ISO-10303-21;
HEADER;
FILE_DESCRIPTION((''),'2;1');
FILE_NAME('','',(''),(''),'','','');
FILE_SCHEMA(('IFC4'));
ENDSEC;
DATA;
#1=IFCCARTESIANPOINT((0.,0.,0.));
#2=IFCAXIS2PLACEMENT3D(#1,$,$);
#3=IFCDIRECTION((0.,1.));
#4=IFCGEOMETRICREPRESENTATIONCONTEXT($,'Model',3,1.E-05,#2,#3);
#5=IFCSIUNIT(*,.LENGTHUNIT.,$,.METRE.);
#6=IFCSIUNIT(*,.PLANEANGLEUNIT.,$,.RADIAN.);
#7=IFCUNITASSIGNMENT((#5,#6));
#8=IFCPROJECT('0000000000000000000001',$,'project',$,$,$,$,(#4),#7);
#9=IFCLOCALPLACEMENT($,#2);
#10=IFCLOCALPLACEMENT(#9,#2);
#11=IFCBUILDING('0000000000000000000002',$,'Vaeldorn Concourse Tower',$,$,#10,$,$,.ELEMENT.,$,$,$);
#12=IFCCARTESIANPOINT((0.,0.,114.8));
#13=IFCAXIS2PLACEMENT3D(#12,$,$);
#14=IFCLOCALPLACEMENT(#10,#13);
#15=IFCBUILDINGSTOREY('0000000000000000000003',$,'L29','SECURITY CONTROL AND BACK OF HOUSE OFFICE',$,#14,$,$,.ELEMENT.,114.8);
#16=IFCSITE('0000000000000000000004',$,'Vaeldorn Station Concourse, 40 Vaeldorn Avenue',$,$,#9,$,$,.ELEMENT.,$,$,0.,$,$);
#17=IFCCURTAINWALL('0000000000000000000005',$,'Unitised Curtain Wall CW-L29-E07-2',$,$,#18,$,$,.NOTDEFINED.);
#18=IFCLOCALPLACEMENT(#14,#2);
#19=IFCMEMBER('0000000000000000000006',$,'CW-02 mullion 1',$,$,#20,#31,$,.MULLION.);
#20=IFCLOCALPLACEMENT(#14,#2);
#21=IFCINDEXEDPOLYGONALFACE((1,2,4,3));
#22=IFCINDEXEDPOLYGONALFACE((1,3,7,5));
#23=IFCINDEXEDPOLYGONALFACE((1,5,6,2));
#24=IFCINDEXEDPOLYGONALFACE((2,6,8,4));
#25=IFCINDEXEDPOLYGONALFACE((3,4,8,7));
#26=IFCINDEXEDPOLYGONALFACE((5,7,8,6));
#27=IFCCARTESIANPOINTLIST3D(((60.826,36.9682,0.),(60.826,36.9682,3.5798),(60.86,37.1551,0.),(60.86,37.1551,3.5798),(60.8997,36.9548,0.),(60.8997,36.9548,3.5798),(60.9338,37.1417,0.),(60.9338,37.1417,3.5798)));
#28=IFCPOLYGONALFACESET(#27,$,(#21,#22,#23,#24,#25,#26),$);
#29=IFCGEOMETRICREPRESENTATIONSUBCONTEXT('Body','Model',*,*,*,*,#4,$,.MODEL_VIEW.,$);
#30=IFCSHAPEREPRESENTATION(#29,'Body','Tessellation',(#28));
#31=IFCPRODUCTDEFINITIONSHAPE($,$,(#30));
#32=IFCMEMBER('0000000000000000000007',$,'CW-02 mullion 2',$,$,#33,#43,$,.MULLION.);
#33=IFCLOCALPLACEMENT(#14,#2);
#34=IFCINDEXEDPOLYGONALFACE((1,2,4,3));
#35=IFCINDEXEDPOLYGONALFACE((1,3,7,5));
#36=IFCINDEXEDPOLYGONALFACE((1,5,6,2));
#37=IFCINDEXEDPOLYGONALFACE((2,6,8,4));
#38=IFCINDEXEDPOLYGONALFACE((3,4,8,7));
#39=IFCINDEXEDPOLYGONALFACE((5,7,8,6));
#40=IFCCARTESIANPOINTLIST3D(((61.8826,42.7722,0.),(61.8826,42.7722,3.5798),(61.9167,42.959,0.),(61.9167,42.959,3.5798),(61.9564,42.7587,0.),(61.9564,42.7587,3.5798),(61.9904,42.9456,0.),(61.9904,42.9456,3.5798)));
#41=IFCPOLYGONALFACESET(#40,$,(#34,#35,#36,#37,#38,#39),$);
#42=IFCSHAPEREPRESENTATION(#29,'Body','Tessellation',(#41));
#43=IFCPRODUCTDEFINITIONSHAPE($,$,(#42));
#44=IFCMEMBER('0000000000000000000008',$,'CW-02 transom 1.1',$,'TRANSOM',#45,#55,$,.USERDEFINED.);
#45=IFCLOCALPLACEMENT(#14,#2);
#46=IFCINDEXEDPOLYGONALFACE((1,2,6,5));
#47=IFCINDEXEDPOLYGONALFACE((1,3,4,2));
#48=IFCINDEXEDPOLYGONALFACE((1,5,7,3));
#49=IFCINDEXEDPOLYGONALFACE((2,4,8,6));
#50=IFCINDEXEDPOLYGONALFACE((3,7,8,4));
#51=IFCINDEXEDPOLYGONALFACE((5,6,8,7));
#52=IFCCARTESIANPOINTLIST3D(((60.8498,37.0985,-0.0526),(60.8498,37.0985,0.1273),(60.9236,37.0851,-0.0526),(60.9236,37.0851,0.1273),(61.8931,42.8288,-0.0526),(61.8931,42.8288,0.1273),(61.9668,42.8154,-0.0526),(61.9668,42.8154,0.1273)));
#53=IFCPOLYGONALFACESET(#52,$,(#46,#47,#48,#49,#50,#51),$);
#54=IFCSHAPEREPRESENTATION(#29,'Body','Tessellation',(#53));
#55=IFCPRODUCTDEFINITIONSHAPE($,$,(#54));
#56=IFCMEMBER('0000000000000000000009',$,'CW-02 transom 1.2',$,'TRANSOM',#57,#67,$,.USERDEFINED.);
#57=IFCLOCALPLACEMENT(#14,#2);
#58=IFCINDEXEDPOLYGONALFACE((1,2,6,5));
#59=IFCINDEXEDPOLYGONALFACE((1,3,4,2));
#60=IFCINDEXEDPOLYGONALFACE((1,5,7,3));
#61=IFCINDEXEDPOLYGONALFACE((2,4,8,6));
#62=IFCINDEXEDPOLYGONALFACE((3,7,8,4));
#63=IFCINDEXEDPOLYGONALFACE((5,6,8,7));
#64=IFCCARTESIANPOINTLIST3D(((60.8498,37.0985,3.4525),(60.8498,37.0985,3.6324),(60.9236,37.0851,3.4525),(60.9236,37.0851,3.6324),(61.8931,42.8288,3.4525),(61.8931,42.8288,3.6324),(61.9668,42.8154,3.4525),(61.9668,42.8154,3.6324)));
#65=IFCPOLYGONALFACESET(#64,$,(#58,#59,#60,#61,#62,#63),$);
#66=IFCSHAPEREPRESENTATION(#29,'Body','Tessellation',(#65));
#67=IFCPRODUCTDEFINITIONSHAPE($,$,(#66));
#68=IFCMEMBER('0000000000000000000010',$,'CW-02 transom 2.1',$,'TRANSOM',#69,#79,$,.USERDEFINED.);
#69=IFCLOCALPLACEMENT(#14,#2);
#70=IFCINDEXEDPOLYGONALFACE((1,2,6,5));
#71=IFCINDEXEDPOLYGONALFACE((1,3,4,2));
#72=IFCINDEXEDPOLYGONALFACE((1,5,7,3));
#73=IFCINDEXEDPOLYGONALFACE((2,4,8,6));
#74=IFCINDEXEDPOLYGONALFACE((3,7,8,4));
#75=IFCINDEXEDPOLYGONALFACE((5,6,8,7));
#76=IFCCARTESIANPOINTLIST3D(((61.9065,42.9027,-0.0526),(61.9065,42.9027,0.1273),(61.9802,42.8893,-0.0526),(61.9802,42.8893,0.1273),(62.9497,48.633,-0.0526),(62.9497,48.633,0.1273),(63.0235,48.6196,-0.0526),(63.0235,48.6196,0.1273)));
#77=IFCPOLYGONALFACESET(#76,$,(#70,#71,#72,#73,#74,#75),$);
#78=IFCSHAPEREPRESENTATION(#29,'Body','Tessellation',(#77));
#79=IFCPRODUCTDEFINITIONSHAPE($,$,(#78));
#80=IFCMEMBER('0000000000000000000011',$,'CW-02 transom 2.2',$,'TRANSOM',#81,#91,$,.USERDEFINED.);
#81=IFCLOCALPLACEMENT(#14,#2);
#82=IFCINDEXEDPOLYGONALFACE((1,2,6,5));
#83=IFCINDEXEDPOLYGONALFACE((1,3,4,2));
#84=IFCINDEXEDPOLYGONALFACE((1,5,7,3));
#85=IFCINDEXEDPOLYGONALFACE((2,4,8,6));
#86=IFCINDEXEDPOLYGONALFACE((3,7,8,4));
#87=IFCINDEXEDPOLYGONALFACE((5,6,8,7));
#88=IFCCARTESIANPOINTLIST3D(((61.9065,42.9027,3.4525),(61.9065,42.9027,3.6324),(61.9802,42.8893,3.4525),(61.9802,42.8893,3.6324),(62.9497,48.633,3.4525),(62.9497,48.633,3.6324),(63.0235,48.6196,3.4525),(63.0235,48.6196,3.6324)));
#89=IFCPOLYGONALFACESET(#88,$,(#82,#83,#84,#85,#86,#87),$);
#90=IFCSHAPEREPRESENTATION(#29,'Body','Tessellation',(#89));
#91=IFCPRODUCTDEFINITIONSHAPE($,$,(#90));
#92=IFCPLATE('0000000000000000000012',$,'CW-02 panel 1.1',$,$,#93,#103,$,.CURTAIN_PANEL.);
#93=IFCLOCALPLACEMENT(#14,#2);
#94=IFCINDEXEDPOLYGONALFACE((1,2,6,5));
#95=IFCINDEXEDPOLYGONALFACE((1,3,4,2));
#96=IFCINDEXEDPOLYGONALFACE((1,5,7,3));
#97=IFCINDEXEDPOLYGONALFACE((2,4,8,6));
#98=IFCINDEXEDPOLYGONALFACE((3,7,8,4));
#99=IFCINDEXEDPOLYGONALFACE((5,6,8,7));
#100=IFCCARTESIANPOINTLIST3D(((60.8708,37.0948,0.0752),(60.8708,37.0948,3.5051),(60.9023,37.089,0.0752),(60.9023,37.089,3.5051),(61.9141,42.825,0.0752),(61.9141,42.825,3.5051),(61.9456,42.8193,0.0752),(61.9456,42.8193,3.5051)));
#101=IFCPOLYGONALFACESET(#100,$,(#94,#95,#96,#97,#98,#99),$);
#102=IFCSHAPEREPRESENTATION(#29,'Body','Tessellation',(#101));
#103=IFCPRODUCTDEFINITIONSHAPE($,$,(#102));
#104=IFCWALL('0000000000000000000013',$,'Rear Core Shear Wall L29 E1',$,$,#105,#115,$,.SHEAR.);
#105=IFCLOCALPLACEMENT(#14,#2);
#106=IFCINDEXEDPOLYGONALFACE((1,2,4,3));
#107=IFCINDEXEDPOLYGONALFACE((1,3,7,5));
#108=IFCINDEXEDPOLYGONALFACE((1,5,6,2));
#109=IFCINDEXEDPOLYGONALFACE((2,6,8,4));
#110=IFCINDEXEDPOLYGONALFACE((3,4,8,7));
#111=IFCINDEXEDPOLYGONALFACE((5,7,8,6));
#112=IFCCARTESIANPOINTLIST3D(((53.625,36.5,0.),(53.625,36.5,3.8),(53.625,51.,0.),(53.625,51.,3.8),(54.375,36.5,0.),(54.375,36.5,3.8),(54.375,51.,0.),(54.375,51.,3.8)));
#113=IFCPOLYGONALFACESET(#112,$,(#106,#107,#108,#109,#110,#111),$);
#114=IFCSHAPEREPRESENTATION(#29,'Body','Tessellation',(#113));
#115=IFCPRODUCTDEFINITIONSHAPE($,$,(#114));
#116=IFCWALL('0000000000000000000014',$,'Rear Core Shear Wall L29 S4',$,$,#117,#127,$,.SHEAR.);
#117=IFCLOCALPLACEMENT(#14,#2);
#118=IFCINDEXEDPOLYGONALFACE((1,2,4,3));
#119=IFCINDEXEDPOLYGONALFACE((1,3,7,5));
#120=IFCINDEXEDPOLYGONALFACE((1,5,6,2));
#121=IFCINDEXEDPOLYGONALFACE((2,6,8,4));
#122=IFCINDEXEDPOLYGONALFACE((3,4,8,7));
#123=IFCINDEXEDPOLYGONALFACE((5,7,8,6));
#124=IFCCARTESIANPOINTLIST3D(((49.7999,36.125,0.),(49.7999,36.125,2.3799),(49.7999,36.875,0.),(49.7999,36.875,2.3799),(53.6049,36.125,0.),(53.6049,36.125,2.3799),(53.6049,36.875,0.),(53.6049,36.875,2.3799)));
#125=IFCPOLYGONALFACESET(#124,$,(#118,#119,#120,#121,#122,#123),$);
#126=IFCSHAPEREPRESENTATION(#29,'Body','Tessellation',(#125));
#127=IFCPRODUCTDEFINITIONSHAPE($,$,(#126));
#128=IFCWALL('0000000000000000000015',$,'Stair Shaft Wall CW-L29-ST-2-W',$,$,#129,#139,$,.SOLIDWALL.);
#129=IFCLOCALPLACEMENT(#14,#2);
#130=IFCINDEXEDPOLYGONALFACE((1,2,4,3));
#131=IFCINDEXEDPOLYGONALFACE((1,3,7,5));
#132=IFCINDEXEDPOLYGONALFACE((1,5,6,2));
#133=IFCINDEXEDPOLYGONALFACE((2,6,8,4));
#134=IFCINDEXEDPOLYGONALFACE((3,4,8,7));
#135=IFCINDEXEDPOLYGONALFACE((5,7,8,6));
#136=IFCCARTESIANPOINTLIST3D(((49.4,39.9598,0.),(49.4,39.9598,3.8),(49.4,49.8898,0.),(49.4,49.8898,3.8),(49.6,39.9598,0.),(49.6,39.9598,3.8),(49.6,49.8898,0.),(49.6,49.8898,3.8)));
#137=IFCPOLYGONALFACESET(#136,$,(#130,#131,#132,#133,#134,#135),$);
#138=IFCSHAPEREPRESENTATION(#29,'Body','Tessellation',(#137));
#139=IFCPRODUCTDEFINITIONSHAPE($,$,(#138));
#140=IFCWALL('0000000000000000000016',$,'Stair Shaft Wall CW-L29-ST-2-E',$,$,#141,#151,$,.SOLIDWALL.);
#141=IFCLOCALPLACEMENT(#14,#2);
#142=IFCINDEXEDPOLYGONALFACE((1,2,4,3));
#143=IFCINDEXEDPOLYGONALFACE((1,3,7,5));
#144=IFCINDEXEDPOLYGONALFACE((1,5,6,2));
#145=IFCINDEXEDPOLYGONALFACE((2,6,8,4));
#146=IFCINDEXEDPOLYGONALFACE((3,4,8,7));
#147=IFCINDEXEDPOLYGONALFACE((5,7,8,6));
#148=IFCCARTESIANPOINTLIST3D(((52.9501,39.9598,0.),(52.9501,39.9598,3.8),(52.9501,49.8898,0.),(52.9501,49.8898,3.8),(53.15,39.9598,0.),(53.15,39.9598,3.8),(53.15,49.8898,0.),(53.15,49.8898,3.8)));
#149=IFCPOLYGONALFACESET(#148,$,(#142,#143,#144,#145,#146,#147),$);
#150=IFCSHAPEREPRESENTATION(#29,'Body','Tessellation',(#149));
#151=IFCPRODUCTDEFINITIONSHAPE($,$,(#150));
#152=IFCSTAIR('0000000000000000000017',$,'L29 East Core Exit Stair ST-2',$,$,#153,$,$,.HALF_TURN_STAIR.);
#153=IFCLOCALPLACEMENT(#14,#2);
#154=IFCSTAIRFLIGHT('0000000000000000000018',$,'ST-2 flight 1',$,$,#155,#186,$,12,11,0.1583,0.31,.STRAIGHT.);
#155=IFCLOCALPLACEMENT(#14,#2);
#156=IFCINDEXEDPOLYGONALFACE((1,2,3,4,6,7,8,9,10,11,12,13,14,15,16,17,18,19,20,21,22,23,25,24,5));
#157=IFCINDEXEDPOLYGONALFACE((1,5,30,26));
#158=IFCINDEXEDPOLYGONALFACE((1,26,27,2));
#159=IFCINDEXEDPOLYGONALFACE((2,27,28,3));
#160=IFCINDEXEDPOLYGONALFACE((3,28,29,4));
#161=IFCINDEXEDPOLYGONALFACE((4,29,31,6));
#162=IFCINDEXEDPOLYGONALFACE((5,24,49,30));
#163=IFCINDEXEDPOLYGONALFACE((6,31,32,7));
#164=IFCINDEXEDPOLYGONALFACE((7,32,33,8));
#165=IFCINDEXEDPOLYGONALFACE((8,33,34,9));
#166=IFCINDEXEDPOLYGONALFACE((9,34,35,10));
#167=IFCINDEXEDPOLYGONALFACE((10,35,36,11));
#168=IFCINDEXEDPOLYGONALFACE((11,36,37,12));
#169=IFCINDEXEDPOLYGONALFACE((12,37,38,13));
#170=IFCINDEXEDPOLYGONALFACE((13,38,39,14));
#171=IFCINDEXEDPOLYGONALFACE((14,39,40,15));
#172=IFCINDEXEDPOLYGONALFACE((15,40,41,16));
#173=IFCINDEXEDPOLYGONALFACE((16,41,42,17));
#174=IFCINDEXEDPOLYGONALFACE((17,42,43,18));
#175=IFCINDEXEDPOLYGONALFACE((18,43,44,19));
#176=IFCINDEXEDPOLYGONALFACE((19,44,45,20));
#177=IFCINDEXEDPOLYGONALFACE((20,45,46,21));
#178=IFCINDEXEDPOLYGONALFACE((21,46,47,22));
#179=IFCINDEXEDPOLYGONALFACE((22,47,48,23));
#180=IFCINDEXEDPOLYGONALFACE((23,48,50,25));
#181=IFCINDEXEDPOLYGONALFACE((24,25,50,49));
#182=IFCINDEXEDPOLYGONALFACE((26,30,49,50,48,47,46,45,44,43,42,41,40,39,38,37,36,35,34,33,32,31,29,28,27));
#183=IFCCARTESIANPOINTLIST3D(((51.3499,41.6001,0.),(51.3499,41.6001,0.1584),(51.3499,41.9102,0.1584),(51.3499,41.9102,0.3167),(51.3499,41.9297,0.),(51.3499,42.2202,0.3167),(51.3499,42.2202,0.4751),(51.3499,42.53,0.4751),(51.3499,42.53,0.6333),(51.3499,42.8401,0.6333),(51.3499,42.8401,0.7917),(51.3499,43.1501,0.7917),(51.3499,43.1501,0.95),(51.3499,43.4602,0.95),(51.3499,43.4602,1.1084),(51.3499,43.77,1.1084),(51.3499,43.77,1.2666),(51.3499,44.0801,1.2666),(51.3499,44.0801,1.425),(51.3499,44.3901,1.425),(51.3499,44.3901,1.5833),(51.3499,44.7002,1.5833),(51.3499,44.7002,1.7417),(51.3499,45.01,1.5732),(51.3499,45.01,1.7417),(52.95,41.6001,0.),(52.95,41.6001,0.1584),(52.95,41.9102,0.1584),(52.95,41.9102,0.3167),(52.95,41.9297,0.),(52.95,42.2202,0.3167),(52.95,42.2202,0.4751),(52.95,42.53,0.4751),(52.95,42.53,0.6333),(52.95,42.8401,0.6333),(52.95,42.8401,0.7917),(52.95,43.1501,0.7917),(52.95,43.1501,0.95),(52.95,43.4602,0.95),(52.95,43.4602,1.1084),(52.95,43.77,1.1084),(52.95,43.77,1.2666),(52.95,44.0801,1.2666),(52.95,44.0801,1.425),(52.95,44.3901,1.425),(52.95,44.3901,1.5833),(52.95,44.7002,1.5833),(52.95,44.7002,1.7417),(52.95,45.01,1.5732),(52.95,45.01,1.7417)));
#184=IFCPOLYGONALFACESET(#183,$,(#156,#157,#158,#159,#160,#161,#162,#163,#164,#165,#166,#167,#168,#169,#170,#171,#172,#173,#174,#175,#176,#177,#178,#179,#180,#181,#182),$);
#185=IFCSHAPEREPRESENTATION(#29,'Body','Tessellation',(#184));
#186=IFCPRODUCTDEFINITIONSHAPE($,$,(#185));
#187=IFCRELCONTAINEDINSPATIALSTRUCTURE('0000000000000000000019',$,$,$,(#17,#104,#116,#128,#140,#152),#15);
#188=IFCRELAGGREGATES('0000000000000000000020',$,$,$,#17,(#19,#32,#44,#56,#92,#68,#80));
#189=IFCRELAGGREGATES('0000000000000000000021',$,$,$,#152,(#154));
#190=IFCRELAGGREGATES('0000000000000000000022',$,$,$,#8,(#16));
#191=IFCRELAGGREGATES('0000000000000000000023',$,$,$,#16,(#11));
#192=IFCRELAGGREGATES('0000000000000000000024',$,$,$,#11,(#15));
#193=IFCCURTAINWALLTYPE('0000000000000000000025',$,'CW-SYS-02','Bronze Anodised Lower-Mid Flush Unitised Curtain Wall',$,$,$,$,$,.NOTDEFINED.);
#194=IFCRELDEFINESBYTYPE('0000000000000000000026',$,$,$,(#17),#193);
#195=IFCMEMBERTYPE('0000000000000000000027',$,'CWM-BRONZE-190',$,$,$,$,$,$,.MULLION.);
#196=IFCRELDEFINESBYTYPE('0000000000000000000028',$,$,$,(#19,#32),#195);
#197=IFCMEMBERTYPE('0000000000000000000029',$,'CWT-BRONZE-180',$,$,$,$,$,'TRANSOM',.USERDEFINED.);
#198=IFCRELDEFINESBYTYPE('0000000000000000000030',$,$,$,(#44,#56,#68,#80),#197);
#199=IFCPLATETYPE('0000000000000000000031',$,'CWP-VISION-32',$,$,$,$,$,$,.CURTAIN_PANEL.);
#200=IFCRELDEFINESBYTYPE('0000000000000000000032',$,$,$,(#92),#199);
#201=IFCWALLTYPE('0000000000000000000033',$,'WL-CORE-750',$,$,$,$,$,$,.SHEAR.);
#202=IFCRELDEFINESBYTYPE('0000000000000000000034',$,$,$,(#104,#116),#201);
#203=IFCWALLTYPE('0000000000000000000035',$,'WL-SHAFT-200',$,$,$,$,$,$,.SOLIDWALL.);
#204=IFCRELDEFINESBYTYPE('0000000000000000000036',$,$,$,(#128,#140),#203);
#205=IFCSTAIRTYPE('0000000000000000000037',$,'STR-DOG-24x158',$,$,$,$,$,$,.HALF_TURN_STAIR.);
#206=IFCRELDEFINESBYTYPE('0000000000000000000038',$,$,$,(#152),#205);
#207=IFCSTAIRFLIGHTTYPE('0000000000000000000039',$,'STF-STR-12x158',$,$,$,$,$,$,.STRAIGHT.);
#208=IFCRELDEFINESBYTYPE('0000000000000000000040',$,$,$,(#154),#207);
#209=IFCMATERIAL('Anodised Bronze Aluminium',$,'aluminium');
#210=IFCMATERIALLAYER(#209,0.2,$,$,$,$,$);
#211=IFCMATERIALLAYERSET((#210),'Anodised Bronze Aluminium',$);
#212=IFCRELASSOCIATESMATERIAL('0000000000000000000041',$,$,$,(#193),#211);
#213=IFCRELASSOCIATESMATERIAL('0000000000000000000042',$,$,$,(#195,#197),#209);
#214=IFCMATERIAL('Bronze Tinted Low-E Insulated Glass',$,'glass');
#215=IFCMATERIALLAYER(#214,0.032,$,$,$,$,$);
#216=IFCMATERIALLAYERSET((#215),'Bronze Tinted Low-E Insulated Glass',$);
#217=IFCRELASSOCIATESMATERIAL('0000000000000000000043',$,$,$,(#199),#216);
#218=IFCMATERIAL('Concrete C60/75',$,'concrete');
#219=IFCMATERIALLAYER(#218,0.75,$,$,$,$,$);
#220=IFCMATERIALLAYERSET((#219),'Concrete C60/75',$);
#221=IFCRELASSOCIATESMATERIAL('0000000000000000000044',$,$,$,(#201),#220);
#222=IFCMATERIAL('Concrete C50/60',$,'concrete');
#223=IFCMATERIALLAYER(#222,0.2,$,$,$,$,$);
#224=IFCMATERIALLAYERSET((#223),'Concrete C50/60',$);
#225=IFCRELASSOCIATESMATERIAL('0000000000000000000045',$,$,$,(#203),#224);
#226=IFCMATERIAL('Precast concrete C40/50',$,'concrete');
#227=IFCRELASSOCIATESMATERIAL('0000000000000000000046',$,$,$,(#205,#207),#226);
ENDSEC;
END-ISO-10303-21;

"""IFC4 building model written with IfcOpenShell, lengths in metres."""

from ifc_helpers import new_model, si_unit, direction, frame, frame_2d, origin, origin_2d, place, context, subcontext, project, spatial, polyline, rectangle, outline, extrude, source, transform, mapped, material, layer, layer_set, material_profile, profile_set, type_object, element, aggregate, save


model = new_model("IFC4")

# Units and contexts
model_context = context("Model", 3, precision=1e-05, world=origin(), true_north=direction((0.0, 1.0)))
body_context = subcontext(model_context, "Body", "Model", "MODEL_VIEW")
ifc_project = project(units=[si_unit("LENGTHUNIT", "METRE"), si_unit("PLANEANGLEUNIT", "RADIAN")], contexts=[model_context])

# Site, building, storey
site_placement = place(None, origin())
site = spatial("IfcSite", under=ifc_project, at=site_placement, Name="Vaeldorn Station Concourse, 40 Vaeldorn Avenue", CompositionType="ELEMENT", RefElevation=0.0)
building_placement = place(site_placement, origin())
building = spatial("IfcBuilding", under=site, at=building_placement, Name="Vaeldorn Concourse Tower", CompositionType="ELEMENT")
storey_placement = place(building_placement, frame((0.0, 0.0, 114.8)))
storey = spatial("IfcBuildingStorey", under=building, at=storey_placement, Name="L29", Description="SECURITY CONTROL AND BACK OF HOUSE OFFICE", CompositionType="ELEMENT", Elevation=114.8)

# Shared definitions
ifc_material_1 = material(Name="Concrete C60/75", Category="concrete")

# Curtain wall, members, plate
ifc_material_2 = material(Name="Anodised Bronze Aluminium", Category="aluminium")
ifc_layer_1 = layer(ifc_material_2, 0.2)
ifc_layer_set_1 = layer_set([ifc_layer_1], Name="Anodised Bronze Aluminium")
curtain_wall_type = type_object("IfcCurtainWallType", Name="CW-SYS-02", Description="Bronze Anodised Lower-Mid Flush Unitised Curtain Wall", PredefinedType="NOTDEFINED", material=ifc_layer_set_1)
curtain_wall_placement = place(storey_placement, origin())
curtain_wall = element("IfcCurtainWall", 1, at=curtain_wall_placement, inside=storey, type_object=curtain_wall_type, Name="Unitised Curtain Wall CW-L29-E07-2", PredefinedType="NOTDEFINED")
ifc_material_profile_1 = material_profile(ifc_material_2, rectangle(XDim=0.075, YDim=0.1899, at=origin_2d()), Name="CWM 75x190")
ifc_profile_set_1 = profile_set([ifc_material_profile_1], Name="Anodised Bronze Aluminium")
member_type_1 = type_object("IfcMemberType", Name="CWM-BRONZE-190", PredefinedType="MULLION", material=ifc_profile_set_1)
shared_shape_1 = source(origin(), body_context, "Body", "SweptSolid", [
    extrude(rectangle(XDim=0.075, YDim=0.1899, at=origin_2d()), origin(), (0.0, 0.0, 1.0), 3.5798),
])
member_1_placement = place(storey_placement, frame((60.8799, 37.0549, 0.0), z_axis=(0.0, 0.0, 1.0), x_axis=(-0.983828, 0.179114, 0.0)))
member_1 = element("IfcMember", 2, at=member_1_placement, type_object=member_type_1, Name="CW-02 mullion 1", PredefinedType="MULLION", context=body_context, shape_type="MappedRepresentation", body=[
    mapped(shared_shape_1, transform((0.0, 0.0, 0.0), scale=1.0)),
])
member_2_placement = place(storey_placement, frame((61.9365, 42.8589, 0.0), z_axis=(0.0, 0.0, 1.0), x_axis=(-0.983828, 0.179114, 0.0)))
member_2 = element("IfcMember", 3, at=member_2_placement, type_object=member_type_1, Name="CW-02 mullion 2", PredefinedType="MULLION", context=body_context, shape_type="MappedRepresentation", body=[
    mapped(shared_shape_1, transform((0.0, 0.0, 0.0), scale=1.0)),
])
ifc_material_profile_2 = material_profile(ifc_material_2, rectangle(XDim=0.075, YDim=0.1799, at=origin_2d()), Name="CWT 75x180")
ifc_profile_set_2 = profile_set([ifc_material_profile_2], Name="Anodised Bronze Aluminium")
member_type_2 = type_object("IfcMemberType", Name="CWT-BRONZE-180", ElementType="TRANSOM", PredefinedType="USERDEFINED", material=ifc_profile_set_2)
shared_shape_2 = source(origin(), body_context, "Body", "SweptSolid", [
    extrude(rectangle(XDim=0.075, YDim=0.1799, at=origin_2d()), origin(), (0.0, 0.0, 1.0), 5.8245),
])
member_3_placement = place(storey_placement, frame((60.8867, 37.0918, 0.0374), z_axis=(0.17911, 0.983829, 0.0), x_axis=(-0.983829, 0.17911, 0.0)))
member_3 = element("IfcMember", 4, at=member_3_placement, type_object=member_type_2, Name="CW-02 transom 1.1", ObjectType="TRANSOM", PredefinedType="USERDEFINED", context=body_context, shape_type="MappedRepresentation", body=[
    mapped(shared_shape_2, transform((0.0, 0.0, 0.0), scale=1.0)),
])
member_4_placement = place(storey_placement, frame((60.8867, 37.0918, 3.5425), z_axis=(0.17911, 0.983829, 0.0), x_axis=(-0.983829, 0.17911, 0.0)))
member_4 = element("IfcMember", 5, at=member_4_placement, type_object=member_type_2, Name="CW-02 transom 1.2", ObjectType="TRANSOM", PredefinedType="USERDEFINED", context=body_context, shape_type="MappedRepresentation", body=[
    mapped(shared_shape_2, transform((0.0, 0.0, 0.0), scale=1.0)),
])
member_5_placement = place(storey_placement, frame((61.9434, 42.896, 0.0374), z_axis=(0.17911, 0.983829, 0.0), x_axis=(-0.983829, 0.17911, 0.0)))
member_5 = element("IfcMember", 6, at=member_5_placement, type_object=member_type_2, Name="CW-02 transom 2.1", ObjectType="TRANSOM", PredefinedType="USERDEFINED", context=body_context, shape_type="MappedRepresentation", body=[
    mapped(shared_shape_2, transform((0.0, 0.0, 0.0), scale=1.0)),
])
member_6_placement = place(storey_placement, frame((61.9434, 42.896, 3.5425), z_axis=(0.17911, 0.983829, 0.0), x_axis=(-0.983829, 0.17911, 0.0)))
member_6 = element("IfcMember", 7, at=member_6_placement, type_object=member_type_2, Name="CW-02 transom 2.2", ObjectType="TRANSOM", PredefinedType="USERDEFINED", context=body_context, shape_type="MappedRepresentation", body=[
    mapped(shared_shape_2, transform((0.0, 0.0, 0.0), scale=1.0)),
])
ifc_material_3 = material(Name="Bronze Tinted Low-E Insulated Glass", Category="glass")
ifc_layer_2 = layer(ifc_material_3, 0.032)
ifc_layer_set_2 = layer_set([ifc_layer_2], Name="Bronze Tinted Low-E Insulated Glass")
plate_type = type_object("IfcPlateType", Name="CWP-VISION-32", PredefinedType="CURTAIN_PANEL", material=ifc_layer_set_2)
shared_shape_3 = source(origin(), body_context, "Body", "SweptSolid", [
    extrude(rectangle(XDim=5.8245, YDim=0.032, at=origin_2d()), origin(), (0.0, 0.0, 1.0), 3.4299),
])
plate_placement = place(storey_placement, frame((61.4082, 39.957, 0.0752), z_axis=(0.0, 0.0, 1.0), x_axis=(0.179114, 0.983828, 0.0)))
plate = element("IfcPlate", 8, at=plate_placement, type_object=plate_type, Name="CW-02 panel 1.1", PredefinedType="CURTAIN_PANEL", context=body_context, shape_type="MappedRepresentation", body=[
    mapped(shared_shape_3, transform((0.0, 0.0, 0.0), scale=1.0)),
])
aggregate(curtain_wall, [member_1, member_2, member_3, member_4, plate, member_5, member_6])

# Walls
ifc_layer_3 = layer(ifc_material_1, 0.75)
ifc_layer_set_3 = layer_set([ifc_layer_3], Name="Concrete C60/75")
wall_type_1 = type_object("IfcWallType", Name="WL-CORE-750", PredefinedType="SHEAR", material=ifc_layer_set_3)
wall_1_placement = place(storey_placement, frame((54.0, 36.5, 0.0), z_axis=(0.0, 0.0, 1.0), x_axis=(0.0, 1.0, 0.0)))
element("IfcWall", 9, at=wall_1_placement, inside=storey, type_object=wall_type_1, Name="Rear Core Shear Wall L29 E1", PredefinedType="SHEAR", context=body_context, shape_type="SweptSolid", body=[
    extrude(rectangle(XDim=14.5, YDim=0.75, at=frame_2d((7.25, 0.0))), origin(), (0.0, 0.0, 1.0), 3.8),
])
wall_2_placement = place(storey_placement, frame((49.8, 36.5, 0.0), z_axis=(0.0, 0.0, 1.0), x_axis=(1.0, 0.0, 0.0)))
element("IfcWall", 10, at=wall_2_placement, inside=storey, type_object=wall_type_1, Name="Rear Core Shear Wall L29 S4", PredefinedType="SHEAR", context=body_context, shape_type="SweptSolid", body=[
    extrude(rectangle(XDim=3.8049, YDim=0.75, at=frame_2d((1.9023, 0.0))), origin(), (0.0, 0.0, 1.0), 2.3799),
])
ifc_material_4 = material(Name="Concrete C50/60", Category="concrete")
ifc_layer_4 = layer(ifc_material_4, 0.2)
ifc_layer_set_4 = layer_set([ifc_layer_4], Name="Concrete C50/60")
wall_type_2 = type_object("IfcWallType", Name="WL-SHAFT-200", PredefinedType="SOLIDWALL", material=ifc_layer_set_4)
for number, where, z_axis, x_axis, name in (
    (11, (49.5, 39.96, 0.0), (0.0, 0.0, 1.0), (0.0, 1.0, 0.0), "Stair Shaft Wall CW-L29-ST-2-W"),
    (12, (53.05, 39.96, 0.0), (0.0, 0.0, 1.0), (0.0, 1.0, 0.0), "Stair Shaft Wall CW-L29-ST-2-E"),
):
    element("IfcWall", number, at=place(storey_placement, frame(where, z_axis=z_axis, x_axis=x_axis)), inside=storey, type_object=wall_type_2, Name=name, PredefinedType="SOLIDWALL", context=body_context, shape_type="SweptSolid", body=[
        extrude(rectangle(XDim=9.9299, YDim=0.2, at=frame_2d((4.9648, 0.0))), origin(), (0.0, 0.0, 1.0), 3.8),
    ])

# Stair, stair flight
ifc_material_5 = material(Name="Precast concrete C40/50", Category="concrete")
stair_type = type_object("IfcStairType", Name="STR-DOG-24x158", PredefinedType="HALF_TURN_STAIR", material=ifc_material_5)
stair_placement = place(storey_placement, origin())
stair = element("IfcStair", 13, at=stair_placement, inside=storey, type_object=stair_type, Name="L29 East Core Exit Stair ST-2", PredefinedType="HALF_TURN_STAIR")
stair_flight_type = type_object("IfcStairFlightType", Name="STF-STR-12x158", PredefinedType="STRAIGHT", material=ifc_material_5)
stair_flight_placement = place(storey_placement, frame((52.1499, 41.6001, 0.0), z_axis=(0.0, 0.0, 1.0), x_axis=(0.0, 1.0, 0.0)))
stair_flight = element("IfcStairFlight", 14, at=stair_flight_placement, type_object=stair_flight_type, Name="ST-2 flight 1", NumberOfRisers=12, NumberOfTreads=11, PredefinedType="STRAIGHT", RiserHeight=0.1583, TreadLength=0.31, context=body_context, shape_type="SweptSolid", body=[
    extrude(outline(polyline([(0.0, 0.0), (0.0, 0.1584), (0.3101, 0.1584), (0.3101, 0.3167), (0.6201, 0.3167), (0.6201, 0.4751), (0.9299, 0.4751), (0.9299, 0.6333), (1.24, 0.6333), (1.24, 0.7917), (1.55, 0.7917), (1.55, 0.95), (1.8601, 0.95), (1.8601, 1.1084), (2.1699, 1.1084), (2.1699, 1.2666), (2.48, 1.2666), (2.48, 1.425), (2.79, 1.425), (2.79, 1.5833), (3.1001, 1.5833), (3.1001, 1.7417), (3.4099, 1.7417), (3.4099, 1.8999), (3.4099, 1.5732), (0.3296, 0.0), (0.0, 0.0)])), frame((0.0, 0.8, 0.0), z_axis=(0.0, -1.0, 0.0), x_axis=(1.0, 0.0, 0.0)), (0.0, 0.0, 1.0), 1.6001),
])
aggregate(stair, [stair_flight])

save(model, "model.ifc")
